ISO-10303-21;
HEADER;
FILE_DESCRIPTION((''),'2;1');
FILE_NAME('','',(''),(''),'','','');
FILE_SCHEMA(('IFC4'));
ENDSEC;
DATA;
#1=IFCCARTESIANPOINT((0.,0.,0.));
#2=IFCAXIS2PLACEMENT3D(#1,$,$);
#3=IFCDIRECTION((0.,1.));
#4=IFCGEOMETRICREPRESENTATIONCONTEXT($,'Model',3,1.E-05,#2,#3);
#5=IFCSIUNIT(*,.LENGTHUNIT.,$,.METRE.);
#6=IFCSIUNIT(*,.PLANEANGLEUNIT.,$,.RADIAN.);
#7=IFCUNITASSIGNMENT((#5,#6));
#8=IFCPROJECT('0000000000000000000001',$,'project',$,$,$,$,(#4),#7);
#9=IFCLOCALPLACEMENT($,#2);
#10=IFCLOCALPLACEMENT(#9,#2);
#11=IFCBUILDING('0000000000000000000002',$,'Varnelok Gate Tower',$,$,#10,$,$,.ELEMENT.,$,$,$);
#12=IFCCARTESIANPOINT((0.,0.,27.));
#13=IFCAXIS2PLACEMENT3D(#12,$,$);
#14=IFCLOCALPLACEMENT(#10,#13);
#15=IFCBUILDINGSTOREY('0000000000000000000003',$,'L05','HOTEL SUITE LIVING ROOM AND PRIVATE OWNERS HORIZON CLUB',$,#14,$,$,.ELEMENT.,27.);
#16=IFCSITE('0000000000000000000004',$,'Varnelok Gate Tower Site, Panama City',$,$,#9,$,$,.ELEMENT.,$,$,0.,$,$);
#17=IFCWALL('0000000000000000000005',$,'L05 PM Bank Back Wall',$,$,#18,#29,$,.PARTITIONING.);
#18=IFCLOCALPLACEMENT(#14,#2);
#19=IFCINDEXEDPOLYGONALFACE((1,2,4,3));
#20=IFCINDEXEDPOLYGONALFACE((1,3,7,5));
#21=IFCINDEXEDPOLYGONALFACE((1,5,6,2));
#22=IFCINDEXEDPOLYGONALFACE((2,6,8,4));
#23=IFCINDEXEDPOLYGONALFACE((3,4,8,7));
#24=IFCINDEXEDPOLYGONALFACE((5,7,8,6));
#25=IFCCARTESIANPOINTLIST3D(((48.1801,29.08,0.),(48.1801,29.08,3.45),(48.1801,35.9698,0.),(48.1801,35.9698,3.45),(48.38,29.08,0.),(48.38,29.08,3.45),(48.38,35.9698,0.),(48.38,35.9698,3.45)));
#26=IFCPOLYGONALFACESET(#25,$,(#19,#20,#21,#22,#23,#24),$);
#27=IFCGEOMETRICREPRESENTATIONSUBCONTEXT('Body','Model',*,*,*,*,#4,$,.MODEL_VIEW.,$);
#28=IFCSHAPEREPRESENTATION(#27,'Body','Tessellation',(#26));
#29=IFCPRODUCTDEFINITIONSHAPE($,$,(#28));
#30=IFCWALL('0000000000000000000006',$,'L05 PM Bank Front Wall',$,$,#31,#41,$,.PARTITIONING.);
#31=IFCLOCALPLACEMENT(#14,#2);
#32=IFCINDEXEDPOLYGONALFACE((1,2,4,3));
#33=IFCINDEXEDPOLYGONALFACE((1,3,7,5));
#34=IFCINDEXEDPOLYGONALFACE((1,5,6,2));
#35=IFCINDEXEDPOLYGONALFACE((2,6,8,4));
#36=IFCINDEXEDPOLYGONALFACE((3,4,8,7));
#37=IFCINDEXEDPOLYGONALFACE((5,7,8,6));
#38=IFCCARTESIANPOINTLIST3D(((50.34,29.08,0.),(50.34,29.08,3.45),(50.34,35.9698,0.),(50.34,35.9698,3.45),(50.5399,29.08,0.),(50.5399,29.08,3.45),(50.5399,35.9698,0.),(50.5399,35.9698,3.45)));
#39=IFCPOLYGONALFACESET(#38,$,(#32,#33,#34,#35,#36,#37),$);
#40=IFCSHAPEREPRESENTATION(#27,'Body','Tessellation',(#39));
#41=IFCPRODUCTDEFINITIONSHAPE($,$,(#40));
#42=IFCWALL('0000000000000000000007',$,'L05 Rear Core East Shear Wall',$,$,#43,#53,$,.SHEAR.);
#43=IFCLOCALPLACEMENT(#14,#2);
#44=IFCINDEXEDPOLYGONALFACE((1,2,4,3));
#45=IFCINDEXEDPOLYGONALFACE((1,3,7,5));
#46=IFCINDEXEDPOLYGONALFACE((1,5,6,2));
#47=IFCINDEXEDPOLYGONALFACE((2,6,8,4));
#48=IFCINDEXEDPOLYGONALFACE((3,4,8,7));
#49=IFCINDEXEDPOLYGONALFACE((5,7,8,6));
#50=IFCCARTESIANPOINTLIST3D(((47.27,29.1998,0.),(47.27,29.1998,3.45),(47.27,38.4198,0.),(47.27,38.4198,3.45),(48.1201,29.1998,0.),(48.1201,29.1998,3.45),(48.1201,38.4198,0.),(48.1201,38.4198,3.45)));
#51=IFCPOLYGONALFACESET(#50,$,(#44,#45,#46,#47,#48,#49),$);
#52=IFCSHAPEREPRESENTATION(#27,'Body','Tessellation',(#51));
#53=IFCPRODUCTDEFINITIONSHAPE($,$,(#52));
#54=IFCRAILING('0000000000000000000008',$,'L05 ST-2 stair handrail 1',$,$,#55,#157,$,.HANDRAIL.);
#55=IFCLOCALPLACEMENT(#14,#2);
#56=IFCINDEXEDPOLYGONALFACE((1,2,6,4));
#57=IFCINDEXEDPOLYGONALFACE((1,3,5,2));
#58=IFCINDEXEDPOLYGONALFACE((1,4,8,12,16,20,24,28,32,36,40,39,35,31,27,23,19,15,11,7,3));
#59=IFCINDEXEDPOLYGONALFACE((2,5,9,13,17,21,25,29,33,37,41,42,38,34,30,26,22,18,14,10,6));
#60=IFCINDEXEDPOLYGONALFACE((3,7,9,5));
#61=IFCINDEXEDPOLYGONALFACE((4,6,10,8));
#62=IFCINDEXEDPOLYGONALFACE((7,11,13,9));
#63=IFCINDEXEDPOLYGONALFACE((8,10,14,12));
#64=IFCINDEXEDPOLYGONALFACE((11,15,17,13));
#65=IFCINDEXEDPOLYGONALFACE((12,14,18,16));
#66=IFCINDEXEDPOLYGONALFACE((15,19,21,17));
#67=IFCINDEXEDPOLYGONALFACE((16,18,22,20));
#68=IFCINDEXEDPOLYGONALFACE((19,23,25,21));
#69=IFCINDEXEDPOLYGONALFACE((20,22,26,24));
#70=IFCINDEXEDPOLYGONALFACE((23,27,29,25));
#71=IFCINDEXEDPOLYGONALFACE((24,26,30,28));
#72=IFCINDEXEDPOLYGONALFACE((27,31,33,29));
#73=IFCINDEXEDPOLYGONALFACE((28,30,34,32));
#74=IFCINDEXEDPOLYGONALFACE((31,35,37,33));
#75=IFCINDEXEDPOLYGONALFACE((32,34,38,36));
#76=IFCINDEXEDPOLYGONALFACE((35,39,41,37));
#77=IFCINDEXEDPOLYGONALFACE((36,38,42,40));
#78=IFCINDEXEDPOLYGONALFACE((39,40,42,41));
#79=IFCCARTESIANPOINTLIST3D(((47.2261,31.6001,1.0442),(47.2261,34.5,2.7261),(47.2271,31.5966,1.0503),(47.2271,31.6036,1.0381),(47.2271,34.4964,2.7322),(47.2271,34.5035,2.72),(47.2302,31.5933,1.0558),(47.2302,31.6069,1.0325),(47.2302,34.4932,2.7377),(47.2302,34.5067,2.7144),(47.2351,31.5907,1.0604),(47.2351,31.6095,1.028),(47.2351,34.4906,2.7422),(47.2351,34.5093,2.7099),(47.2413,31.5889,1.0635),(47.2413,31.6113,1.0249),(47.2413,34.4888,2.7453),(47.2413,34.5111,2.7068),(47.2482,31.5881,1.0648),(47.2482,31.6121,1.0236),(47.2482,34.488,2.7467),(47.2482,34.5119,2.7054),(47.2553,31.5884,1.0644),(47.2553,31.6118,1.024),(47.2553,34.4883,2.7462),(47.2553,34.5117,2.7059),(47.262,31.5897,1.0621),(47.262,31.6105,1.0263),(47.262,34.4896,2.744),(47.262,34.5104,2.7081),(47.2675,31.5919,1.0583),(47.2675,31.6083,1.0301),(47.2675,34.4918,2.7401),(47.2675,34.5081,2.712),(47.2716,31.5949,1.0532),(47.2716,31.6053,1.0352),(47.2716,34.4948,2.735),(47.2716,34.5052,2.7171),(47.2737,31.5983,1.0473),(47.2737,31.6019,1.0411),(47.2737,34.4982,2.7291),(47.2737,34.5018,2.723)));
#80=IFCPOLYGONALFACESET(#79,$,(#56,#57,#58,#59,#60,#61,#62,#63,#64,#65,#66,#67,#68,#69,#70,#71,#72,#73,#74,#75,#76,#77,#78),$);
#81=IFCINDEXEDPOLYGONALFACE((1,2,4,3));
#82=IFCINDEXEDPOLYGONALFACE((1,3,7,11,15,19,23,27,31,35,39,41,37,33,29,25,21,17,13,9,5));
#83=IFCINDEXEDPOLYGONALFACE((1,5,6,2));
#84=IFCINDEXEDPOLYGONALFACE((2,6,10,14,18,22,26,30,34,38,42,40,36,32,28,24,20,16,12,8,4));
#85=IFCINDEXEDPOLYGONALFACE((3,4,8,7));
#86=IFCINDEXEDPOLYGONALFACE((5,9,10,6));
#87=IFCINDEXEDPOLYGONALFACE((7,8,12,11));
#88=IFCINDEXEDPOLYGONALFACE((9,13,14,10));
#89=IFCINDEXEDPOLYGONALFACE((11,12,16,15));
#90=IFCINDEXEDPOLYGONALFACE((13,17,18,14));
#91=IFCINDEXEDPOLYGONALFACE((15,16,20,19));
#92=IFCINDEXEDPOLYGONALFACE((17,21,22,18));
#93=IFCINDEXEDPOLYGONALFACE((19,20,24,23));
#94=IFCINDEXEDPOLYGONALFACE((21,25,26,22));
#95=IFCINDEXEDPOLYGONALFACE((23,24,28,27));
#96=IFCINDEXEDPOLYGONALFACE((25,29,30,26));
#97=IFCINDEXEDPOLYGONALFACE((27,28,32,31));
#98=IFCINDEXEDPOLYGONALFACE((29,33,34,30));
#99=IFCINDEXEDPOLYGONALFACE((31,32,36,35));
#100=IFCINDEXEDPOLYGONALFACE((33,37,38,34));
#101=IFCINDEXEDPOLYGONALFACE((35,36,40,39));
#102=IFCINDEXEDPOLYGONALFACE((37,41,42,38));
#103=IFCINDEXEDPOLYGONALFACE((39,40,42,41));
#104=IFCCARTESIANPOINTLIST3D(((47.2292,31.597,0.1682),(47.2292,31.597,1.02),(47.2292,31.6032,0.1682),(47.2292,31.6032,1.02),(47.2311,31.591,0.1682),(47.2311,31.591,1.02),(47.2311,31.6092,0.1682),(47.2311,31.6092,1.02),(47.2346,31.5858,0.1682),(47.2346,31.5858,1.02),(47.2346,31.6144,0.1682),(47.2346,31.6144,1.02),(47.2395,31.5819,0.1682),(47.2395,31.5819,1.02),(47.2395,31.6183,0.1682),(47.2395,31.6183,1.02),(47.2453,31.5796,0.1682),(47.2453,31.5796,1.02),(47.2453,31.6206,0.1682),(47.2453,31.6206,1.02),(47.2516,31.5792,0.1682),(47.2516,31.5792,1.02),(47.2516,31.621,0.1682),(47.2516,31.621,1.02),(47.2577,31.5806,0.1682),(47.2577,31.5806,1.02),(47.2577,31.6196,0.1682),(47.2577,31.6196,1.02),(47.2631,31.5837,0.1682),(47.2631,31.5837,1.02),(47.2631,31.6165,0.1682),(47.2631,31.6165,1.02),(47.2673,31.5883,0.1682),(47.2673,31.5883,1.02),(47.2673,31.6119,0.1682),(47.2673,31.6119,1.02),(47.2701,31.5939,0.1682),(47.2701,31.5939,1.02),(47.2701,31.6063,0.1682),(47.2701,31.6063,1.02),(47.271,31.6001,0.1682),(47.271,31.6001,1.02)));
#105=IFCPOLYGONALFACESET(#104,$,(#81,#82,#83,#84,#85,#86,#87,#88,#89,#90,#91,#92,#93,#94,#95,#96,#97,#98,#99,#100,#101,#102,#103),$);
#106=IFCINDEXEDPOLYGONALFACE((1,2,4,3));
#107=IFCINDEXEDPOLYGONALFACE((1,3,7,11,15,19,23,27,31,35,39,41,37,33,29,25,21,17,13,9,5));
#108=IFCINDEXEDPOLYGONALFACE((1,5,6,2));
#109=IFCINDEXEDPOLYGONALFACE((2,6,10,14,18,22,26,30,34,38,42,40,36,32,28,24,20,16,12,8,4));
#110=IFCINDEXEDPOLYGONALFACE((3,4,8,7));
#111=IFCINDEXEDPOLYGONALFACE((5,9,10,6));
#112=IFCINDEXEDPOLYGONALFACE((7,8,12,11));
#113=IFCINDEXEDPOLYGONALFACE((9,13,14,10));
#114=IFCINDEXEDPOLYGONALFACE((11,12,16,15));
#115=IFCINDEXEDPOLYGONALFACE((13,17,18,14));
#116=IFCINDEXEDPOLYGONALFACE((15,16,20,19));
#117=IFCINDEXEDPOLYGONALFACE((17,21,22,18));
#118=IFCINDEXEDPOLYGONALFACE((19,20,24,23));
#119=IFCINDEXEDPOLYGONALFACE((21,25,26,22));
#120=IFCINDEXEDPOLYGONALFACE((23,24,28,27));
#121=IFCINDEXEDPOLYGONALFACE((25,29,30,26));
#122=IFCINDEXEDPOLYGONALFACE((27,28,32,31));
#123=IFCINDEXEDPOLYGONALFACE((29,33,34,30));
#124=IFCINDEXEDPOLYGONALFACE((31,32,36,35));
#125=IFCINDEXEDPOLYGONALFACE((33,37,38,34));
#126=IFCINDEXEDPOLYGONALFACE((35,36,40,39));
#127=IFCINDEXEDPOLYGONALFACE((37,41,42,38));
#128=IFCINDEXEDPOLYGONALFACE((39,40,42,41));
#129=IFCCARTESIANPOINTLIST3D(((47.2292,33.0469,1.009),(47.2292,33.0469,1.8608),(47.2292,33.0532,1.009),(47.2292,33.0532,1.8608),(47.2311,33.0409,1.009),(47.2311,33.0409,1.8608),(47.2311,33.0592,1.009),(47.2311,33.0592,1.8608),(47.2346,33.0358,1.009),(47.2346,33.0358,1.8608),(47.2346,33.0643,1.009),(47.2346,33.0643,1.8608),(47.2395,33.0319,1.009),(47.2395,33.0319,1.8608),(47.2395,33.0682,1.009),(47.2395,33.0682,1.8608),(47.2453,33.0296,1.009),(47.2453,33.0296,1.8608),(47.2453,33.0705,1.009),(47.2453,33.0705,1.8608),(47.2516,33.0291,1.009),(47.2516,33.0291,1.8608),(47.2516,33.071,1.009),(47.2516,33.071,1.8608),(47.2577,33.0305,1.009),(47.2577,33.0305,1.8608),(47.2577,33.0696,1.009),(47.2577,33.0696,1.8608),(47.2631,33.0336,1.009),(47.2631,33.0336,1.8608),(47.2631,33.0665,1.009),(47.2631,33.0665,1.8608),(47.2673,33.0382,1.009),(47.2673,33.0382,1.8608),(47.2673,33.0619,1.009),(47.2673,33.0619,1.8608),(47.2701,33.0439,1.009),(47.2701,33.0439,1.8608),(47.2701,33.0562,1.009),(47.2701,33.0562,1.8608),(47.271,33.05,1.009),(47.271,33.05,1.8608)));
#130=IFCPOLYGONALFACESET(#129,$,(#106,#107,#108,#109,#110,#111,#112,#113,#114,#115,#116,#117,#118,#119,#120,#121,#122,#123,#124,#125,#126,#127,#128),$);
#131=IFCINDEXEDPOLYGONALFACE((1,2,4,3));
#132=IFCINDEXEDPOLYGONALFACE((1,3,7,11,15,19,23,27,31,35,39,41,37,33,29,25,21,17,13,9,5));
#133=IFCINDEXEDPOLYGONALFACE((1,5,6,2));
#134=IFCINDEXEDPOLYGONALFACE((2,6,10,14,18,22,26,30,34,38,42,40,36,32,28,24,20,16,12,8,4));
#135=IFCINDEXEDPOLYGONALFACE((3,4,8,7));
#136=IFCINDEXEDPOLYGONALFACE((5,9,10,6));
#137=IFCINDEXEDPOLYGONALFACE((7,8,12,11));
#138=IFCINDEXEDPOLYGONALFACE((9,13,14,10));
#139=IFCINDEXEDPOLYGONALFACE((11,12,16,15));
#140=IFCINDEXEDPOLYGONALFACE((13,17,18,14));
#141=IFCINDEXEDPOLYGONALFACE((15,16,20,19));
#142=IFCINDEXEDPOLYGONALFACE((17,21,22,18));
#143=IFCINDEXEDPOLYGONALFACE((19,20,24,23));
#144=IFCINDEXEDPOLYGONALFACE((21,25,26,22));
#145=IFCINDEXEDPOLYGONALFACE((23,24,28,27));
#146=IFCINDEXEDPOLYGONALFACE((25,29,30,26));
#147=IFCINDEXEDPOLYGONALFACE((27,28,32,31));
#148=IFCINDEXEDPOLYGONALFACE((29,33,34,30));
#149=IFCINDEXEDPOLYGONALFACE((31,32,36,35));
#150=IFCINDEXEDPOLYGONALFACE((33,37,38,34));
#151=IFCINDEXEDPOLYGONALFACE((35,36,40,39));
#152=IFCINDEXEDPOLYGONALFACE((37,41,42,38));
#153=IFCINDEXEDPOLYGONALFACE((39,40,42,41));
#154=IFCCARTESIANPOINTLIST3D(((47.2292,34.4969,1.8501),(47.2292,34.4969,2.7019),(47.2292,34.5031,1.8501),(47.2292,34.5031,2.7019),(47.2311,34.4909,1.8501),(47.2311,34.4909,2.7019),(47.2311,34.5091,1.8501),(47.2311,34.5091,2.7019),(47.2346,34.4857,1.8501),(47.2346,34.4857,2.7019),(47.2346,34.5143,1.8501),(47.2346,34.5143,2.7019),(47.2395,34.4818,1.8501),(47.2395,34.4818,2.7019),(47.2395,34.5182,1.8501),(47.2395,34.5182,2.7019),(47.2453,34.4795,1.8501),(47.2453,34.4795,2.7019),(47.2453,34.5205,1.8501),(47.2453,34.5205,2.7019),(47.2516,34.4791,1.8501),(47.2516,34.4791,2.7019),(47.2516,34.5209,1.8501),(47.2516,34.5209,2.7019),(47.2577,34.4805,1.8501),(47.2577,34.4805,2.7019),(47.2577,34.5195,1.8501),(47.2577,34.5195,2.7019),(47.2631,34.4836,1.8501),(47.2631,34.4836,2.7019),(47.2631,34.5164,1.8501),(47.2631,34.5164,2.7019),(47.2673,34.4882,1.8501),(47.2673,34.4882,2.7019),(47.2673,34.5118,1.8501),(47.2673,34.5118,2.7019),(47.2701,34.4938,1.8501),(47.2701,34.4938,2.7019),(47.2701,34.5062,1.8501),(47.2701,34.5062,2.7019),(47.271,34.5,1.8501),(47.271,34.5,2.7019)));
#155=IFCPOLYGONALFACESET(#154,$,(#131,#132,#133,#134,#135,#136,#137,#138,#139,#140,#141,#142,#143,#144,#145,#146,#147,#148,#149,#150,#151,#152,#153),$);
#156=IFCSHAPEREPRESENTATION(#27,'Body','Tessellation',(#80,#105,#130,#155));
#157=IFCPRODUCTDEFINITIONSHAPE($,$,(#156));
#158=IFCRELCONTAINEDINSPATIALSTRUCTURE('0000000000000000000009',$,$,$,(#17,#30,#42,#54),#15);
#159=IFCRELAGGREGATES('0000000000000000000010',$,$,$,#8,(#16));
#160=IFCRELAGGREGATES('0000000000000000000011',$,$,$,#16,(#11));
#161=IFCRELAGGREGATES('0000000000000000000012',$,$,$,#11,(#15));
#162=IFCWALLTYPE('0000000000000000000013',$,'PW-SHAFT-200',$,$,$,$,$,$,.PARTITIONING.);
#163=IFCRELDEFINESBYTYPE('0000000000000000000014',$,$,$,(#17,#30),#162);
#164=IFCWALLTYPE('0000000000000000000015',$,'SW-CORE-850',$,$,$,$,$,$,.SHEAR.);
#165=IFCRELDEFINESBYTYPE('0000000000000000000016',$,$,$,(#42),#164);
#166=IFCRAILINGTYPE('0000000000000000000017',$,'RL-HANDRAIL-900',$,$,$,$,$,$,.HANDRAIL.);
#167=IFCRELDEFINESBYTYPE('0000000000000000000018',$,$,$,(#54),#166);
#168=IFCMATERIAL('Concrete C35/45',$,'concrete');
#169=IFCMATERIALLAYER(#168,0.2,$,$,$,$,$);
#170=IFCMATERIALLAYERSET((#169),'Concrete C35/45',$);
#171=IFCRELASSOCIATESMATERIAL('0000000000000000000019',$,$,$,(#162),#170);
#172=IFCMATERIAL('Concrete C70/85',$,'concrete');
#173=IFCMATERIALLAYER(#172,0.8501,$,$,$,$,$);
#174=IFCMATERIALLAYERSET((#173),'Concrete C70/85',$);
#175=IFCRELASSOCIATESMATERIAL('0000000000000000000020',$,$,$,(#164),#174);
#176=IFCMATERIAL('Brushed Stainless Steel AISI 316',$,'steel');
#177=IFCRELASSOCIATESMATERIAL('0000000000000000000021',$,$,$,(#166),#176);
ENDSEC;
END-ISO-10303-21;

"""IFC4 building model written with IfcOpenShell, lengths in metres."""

from ifc_helpers import new_model, si_unit, direction, frame, frame_2d, origin, origin_2d, place, context, subcontext, project, spatial, rectangle, circle, extrude, material, layer, layer_set, type_object, element, save


model = new_model("IFC4")

# Units and contexts
model_context = context("Model", 3, precision=1e-05, world=origin(), true_north=direction((0.0, 1.0)))
body_context = subcontext(model_context, "Body", "Model", "MODEL_VIEW")
ifc_project = project(units=[si_unit("LENGTHUNIT", "METRE"), si_unit("PLANEANGLEUNIT", "RADIAN")], contexts=[model_context])

# Site, building, storey
site_placement = place(None, origin())
site = spatial("IfcSite", under=ifc_project, at=site_placement, Name="Varnelok Gate Tower Site, Panama City", CompositionType="ELEMENT", RefElevation=0.0)
building_placement = place(site_placement, origin())
building = spatial("IfcBuilding", under=site, at=building_placement, Name="Varnelok Gate Tower", CompositionType="ELEMENT")
storey_placement = place(building_placement, frame((0.0, 0.0, 27.0)))
storey = spatial("IfcBuildingStorey", under=building, at=storey_placement, Name="L05", Description="HOTEL SUITE LIVING ROOM AND PRIVATE OWNERS HORIZON CLUB", CompositionType="ELEMENT", Elevation=27.0)

# Shared definitions
ifc_material_1 = material(Name="Concrete C70/85", Category="concrete")

# Walls
ifc_material_2 = material(Name="Concrete C35/45", Category="concrete")
ifc_layer_1 = layer(ifc_material_2, 0.2)
ifc_layer_set_1 = layer_set([ifc_layer_1], Name="Concrete C35/45")
wall_type_1 = type_object("IfcWallType", Name="PW-SHAFT-200", PredefinedType="PARTITIONING", material=ifc_layer_set_1)
for number, where, z_axis, x_axis, name in (
    (1, (48.28, 29.0801, 0.0), (0.0, 0.0, 1.0), (0.0, 1.0, 0.0), "L05 PM Bank Back Wall"),
    (2, (50.4399, 29.0801, 0.0), (0.0, 0.0, 1.0), (0.0, 1.0, 0.0), "L05 PM Bank Front Wall"),
):
    element("IfcWall", number, at=place(storey_placement, frame(where, z_axis=z_axis, x_axis=x_axis)), inside=storey, type_object=wall_type_1, Name=name, PredefinedType="PARTITIONING", context=body_context, shape_type="SweptSolid", body=[
        extrude(rectangle(XDim=6.8899, YDim=0.2, at=frame_2d((3.4448, 0.0))), origin(), (0.0, 0.0, 1.0), 3.45),
    ])
ifc_layer_2 = layer(ifc_material_1, 0.8501)
ifc_layer_set_2 = layer_set([ifc_layer_2], Name="Concrete C70/85")
wall_type_2 = type_object("IfcWallType", Name="SW-CORE-850", PredefinedType="SHEAR", material=ifc_layer_set_2)
wall_1_placement = place(storey_placement, frame((47.6951, 29.2, 0.0), z_axis=(0.0, 0.0, 1.0), x_axis=(0.0, 1.0, 0.0)))
element("IfcWall", 3, at=wall_1_placement, inside=storey, type_object=wall_type_2, Name="L05 Rear Core East Shear Wall", PredefinedType="SHEAR", context=body_context, shape_type="SweptSolid", body=[
    extrude(rectangle(XDim=9.22, YDim=0.8501, at=frame_2d((4.6099, 0.0))), origin(), (0.0, 0.0, 1.0), 3.45),
])

# Railing
ifc_material_3 = material(Name="Brushed Stainless Steel AISI 316", Category="steel")
railing_type = type_object("IfcRailingType", Name="RL-HANDRAIL-900", PredefinedType="HANDRAIL", material=ifc_material_3)
railing_placement = place(storey_placement, frame((47.25, 31.6001, 0.1682)))
element("IfcRailing", 4, at=railing_placement, inside=storey, type_object=railing_type, Name="L05 ST-2 stair handrail 1", PredefinedType="HANDRAIL", context=body_context, shape_type="SweptSolid", body=[
    extrude(circle(Radius=0.0239, at=origin_2d()), frame((0.0, 0.0, 0.876), z_axis=(0.0, 0.865039, 0.501705), x_axis=(-1.0, 0.0, 0.0)), (0.0, 0.0, 1.0), 3.3523),
    extrude(circle(Radius=0.021, at=origin_2d()), origin(), (0.0, 0.0, 1.0), 0.8518),
    extrude(circle(Radius=0.021, at=origin_2d()), frame((0.0, 1.45, 0.8408)), (0.0, 0.0, 1.0), 0.8518),
    extrude(circle(Radius=0.021, at=origin_2d()), frame((0.0, 2.8999, 1.6819)), (0.0, 0.0, 1.0), 0.8518),
])

save(model, "model.ifc")
